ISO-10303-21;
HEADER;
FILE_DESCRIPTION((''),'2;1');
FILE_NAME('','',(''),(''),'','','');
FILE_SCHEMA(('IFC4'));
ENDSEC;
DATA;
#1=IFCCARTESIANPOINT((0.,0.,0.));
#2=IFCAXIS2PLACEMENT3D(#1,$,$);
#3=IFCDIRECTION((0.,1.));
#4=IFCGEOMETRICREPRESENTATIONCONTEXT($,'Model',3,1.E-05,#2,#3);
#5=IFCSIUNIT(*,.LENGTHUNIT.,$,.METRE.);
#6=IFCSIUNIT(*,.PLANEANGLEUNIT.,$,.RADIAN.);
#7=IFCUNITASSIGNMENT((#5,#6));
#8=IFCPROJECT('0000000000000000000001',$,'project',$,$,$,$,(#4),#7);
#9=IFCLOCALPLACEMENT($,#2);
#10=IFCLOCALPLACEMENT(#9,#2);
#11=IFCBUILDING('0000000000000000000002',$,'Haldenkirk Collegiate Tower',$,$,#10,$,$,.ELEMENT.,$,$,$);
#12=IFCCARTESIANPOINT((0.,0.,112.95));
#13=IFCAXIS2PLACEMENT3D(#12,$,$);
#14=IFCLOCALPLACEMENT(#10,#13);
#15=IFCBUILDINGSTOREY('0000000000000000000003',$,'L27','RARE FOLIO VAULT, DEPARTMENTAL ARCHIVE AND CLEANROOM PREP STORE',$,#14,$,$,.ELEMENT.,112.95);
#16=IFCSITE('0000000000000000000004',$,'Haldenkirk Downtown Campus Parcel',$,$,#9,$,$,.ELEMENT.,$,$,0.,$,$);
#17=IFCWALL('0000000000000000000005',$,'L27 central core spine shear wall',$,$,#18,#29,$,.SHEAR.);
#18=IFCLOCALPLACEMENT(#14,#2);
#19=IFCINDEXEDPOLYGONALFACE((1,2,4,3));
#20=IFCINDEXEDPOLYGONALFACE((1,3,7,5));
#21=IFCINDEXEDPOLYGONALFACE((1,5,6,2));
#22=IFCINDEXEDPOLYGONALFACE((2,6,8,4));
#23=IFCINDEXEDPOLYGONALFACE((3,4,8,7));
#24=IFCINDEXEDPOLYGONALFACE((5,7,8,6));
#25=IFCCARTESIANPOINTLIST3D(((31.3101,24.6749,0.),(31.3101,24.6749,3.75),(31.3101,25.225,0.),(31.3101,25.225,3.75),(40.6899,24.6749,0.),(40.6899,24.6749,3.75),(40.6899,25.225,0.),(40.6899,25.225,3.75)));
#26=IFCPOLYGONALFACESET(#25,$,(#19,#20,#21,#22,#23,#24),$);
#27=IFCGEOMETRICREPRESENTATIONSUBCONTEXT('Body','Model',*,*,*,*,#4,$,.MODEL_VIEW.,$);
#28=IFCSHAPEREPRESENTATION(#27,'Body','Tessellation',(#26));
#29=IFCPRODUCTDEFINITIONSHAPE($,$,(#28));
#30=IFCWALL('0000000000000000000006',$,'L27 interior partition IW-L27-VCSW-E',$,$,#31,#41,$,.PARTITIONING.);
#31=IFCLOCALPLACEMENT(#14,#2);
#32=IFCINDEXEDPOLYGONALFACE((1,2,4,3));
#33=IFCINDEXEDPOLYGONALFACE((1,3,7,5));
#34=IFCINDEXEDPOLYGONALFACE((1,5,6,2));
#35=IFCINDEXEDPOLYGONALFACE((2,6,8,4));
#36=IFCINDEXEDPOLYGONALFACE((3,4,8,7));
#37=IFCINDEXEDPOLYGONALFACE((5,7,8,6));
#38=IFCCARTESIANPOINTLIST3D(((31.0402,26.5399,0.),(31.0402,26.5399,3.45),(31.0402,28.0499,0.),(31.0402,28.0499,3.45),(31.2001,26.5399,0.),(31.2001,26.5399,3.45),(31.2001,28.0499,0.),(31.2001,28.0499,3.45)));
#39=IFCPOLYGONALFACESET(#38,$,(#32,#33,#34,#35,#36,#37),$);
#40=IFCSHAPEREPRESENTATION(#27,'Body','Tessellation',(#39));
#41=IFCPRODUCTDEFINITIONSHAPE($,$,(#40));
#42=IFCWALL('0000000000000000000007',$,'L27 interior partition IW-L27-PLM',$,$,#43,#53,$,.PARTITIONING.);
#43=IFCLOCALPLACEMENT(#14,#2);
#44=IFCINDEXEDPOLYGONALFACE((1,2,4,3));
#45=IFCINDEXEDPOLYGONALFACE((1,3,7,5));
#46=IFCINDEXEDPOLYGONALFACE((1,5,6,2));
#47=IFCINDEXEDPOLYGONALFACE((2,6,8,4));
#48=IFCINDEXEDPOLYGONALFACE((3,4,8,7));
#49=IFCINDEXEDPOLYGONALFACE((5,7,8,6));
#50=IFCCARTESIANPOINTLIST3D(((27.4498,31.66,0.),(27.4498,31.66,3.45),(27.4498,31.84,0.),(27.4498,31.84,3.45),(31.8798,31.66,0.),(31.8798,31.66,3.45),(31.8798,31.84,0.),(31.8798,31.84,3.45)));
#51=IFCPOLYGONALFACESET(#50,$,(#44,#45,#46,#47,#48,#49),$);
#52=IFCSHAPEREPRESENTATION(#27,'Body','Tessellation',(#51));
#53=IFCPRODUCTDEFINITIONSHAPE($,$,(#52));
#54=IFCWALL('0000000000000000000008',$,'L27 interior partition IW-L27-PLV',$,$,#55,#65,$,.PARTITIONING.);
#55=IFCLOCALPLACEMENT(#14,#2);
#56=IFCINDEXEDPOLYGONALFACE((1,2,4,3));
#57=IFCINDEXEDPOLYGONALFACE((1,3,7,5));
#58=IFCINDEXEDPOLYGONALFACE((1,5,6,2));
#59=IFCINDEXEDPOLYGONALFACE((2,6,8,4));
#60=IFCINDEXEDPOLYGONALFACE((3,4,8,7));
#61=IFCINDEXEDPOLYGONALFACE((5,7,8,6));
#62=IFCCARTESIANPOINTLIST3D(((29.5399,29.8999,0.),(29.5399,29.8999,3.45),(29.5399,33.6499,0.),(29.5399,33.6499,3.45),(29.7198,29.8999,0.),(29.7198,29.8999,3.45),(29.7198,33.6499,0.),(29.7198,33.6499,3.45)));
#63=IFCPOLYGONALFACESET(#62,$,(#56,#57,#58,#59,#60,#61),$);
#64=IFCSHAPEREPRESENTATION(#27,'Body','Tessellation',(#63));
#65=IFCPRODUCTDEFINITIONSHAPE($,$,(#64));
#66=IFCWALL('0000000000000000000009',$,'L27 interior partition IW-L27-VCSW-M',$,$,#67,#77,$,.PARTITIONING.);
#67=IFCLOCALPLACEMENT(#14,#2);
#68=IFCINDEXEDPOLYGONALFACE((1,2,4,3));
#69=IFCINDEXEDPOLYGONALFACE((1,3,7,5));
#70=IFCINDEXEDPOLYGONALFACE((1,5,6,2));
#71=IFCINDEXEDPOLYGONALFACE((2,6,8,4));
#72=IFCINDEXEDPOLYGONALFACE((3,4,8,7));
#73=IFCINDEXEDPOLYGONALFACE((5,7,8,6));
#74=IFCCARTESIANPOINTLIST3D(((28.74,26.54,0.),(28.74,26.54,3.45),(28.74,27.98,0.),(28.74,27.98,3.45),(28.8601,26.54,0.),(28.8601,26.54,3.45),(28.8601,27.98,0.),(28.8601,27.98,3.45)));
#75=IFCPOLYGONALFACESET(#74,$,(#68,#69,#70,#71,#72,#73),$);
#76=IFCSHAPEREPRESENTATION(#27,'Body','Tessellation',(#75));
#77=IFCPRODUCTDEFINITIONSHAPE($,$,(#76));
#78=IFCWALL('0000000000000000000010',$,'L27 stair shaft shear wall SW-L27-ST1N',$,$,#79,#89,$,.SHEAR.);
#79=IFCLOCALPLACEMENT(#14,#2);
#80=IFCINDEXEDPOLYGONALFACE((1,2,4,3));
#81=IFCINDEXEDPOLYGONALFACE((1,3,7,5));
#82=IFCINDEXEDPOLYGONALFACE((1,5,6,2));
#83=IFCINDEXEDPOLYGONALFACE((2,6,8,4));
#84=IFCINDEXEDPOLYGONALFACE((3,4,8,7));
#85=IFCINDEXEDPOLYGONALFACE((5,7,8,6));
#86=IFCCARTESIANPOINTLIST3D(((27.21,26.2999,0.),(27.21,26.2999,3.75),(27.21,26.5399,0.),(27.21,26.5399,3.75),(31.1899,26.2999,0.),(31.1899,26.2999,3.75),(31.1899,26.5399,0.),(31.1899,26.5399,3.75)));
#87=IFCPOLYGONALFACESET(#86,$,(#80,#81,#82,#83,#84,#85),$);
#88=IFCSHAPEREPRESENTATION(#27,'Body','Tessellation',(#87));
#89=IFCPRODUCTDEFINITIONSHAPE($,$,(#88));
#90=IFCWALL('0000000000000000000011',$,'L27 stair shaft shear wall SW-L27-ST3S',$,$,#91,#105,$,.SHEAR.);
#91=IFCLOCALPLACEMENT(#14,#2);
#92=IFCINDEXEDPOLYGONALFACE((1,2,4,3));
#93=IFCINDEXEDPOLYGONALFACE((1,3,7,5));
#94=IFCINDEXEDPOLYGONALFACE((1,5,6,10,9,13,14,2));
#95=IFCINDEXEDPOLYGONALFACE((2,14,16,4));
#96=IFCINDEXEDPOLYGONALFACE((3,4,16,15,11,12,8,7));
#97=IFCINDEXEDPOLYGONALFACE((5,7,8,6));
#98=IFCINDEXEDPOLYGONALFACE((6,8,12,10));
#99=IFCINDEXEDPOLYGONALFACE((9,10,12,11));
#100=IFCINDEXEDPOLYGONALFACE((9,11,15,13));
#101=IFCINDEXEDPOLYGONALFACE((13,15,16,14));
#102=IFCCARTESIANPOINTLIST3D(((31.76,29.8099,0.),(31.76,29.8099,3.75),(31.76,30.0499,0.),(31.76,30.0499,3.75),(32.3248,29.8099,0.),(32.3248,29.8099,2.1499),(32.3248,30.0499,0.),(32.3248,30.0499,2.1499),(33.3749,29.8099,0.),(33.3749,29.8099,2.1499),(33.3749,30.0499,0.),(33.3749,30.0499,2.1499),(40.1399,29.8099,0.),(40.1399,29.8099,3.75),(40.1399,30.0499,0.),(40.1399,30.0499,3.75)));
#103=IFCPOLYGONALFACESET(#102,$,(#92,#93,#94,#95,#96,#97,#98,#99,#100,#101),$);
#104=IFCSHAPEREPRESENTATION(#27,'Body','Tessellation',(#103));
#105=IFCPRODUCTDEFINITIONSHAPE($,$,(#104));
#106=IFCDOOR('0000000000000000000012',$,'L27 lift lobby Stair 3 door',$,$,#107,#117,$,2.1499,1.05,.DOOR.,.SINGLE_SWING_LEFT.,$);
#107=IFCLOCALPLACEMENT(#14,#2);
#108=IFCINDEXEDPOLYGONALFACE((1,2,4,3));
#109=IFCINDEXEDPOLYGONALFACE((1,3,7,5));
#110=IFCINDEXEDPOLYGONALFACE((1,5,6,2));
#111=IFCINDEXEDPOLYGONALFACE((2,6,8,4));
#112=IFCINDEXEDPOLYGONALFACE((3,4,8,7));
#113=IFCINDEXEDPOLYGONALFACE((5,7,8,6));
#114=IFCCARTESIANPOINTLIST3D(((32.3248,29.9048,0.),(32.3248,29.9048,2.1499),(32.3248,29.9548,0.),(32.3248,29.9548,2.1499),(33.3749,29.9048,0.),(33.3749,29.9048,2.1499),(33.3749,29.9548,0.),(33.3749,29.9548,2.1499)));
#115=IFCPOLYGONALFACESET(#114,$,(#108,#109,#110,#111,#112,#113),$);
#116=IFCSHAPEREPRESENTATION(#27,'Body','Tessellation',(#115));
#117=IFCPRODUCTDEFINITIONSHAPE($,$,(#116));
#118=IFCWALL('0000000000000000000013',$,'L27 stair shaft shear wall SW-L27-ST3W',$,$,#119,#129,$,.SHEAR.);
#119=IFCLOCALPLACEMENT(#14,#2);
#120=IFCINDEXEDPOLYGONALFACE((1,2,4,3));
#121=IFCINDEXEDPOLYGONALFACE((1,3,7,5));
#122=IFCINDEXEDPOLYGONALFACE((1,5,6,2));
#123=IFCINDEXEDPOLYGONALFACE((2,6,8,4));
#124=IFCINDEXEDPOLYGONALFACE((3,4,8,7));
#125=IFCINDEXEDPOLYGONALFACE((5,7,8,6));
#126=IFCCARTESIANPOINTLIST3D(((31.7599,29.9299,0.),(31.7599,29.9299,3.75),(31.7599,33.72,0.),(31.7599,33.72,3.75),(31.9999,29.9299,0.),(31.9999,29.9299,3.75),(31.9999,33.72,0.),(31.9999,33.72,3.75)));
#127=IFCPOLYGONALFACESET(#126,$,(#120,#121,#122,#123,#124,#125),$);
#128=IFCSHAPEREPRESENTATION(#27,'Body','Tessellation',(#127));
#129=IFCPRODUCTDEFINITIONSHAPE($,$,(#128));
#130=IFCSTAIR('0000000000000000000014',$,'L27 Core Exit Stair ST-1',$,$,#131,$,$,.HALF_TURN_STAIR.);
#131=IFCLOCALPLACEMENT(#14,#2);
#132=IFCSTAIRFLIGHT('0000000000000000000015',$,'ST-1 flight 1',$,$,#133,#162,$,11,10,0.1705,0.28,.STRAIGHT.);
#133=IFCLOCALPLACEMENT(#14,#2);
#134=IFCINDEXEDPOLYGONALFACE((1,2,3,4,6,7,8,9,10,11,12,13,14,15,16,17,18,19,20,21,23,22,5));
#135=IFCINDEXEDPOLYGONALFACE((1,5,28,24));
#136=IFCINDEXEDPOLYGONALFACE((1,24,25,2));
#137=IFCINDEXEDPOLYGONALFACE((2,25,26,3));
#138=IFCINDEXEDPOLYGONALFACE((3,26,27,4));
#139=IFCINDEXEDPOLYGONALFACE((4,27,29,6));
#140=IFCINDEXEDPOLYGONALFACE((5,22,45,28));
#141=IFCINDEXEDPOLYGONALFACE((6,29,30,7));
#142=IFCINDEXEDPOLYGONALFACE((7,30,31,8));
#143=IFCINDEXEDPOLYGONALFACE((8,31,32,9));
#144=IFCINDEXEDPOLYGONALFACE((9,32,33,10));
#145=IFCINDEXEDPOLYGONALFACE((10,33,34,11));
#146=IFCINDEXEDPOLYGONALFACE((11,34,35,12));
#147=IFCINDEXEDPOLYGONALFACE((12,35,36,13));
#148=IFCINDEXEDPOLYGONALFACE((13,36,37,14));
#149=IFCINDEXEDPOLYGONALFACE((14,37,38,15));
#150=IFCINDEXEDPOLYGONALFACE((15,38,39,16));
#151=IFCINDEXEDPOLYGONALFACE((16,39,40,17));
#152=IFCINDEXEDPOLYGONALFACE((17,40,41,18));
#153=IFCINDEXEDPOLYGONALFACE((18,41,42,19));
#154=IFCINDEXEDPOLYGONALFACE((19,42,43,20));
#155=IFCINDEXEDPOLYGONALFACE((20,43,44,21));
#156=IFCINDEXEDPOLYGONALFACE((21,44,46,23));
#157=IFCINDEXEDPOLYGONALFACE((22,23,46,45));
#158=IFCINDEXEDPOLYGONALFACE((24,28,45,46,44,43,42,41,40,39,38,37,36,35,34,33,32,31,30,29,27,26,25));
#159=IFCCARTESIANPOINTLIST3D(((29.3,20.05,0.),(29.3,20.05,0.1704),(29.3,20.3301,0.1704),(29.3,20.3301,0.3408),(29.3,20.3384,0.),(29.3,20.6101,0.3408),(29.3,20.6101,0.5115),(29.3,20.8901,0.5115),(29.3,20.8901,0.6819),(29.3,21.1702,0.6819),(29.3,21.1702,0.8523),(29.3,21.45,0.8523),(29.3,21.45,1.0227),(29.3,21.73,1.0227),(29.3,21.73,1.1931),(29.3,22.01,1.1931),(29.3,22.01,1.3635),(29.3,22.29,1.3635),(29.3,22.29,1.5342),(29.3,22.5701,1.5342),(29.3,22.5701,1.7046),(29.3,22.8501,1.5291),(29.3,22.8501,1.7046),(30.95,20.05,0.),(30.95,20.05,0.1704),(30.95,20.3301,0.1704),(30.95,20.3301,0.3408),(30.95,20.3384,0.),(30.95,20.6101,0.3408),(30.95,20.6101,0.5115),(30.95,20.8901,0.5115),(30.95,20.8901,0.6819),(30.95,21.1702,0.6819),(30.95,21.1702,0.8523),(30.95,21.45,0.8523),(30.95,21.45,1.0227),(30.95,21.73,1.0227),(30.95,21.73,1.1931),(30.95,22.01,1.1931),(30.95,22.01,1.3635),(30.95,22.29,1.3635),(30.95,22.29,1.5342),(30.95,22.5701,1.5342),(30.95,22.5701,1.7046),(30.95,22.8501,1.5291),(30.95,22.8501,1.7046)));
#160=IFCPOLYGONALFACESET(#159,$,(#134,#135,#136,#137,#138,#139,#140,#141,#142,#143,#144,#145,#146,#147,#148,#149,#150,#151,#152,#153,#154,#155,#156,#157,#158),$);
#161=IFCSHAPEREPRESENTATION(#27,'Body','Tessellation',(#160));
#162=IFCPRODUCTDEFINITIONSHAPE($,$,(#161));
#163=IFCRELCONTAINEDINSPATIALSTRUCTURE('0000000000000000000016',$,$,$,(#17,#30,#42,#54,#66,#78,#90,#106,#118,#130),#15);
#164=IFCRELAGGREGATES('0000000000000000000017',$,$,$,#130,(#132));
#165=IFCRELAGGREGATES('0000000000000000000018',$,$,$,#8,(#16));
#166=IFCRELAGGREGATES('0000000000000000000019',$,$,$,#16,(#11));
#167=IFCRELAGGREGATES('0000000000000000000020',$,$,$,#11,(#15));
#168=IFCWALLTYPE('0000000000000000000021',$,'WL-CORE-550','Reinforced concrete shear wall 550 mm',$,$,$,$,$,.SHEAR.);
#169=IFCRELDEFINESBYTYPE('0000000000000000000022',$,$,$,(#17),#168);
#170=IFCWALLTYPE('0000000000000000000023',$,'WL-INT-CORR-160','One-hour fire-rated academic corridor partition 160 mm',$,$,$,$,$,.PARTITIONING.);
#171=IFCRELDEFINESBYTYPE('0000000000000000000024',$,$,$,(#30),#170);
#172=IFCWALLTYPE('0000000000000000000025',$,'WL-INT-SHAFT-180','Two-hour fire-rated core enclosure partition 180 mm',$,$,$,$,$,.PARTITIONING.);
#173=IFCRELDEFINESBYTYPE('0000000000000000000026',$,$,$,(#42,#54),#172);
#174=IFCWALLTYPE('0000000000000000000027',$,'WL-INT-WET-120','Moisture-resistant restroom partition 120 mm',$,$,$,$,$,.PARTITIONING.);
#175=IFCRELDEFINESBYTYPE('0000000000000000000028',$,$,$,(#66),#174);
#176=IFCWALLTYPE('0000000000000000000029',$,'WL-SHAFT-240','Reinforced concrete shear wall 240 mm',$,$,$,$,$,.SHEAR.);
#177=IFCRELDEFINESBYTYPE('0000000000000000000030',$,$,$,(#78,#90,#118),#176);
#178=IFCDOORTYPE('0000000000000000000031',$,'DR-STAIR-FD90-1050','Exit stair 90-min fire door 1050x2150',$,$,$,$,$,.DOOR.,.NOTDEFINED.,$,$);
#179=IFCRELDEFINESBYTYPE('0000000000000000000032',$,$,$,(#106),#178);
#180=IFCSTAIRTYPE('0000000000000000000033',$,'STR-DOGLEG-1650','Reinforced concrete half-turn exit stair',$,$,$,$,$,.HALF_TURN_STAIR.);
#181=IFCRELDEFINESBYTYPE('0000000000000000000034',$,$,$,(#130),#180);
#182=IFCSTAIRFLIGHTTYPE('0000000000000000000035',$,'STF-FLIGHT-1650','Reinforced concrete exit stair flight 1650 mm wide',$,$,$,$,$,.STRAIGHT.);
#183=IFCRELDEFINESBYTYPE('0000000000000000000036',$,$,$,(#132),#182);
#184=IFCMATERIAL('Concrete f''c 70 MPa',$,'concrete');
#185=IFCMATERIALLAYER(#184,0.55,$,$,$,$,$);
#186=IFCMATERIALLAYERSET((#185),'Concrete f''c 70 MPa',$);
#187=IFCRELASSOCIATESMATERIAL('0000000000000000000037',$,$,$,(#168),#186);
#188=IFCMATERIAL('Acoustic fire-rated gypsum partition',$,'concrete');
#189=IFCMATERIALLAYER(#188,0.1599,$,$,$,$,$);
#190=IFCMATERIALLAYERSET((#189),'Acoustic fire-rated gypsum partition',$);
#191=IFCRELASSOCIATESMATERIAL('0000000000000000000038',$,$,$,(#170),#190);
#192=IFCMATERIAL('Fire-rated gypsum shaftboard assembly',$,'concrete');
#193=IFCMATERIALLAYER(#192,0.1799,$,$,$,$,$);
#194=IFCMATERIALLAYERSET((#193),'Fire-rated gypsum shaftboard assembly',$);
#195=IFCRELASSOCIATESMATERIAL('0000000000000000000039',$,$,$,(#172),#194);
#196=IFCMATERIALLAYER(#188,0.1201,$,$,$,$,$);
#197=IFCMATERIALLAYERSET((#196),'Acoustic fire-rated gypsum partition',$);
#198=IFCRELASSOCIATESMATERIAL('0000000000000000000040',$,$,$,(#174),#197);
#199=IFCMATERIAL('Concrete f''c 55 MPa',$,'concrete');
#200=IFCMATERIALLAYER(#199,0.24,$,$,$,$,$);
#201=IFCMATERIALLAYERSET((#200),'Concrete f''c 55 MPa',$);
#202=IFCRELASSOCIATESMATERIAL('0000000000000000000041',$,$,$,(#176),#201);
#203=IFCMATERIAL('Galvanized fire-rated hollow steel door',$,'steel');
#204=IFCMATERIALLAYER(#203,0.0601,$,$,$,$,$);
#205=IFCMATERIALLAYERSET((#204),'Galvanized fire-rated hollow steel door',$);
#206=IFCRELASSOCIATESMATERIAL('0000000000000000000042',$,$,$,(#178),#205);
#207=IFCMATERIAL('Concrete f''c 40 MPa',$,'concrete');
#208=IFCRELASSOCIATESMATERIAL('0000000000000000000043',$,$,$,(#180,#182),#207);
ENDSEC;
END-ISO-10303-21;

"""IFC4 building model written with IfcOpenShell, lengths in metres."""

from ifc_helpers import new_model, si_unit, direction, frame, frame_2d, origin, place, context, subcontext, project, spatial, polyline, rectangle, outline, extrude, material, layer, layer_set, type_object, element, fill, aggregate, save


model = new_model("IFC4")

# Units and contexts
model_context = context("Model", 3, precision=1e-05, world=origin(), true_north=direction((0.0, 1.0)))
body_context = subcontext(model_context, "Body", "Model", "MODEL_VIEW")
ifc_project = project(units=[si_unit("LENGTHUNIT", "METRE"), si_unit("PLANEANGLEUNIT", "RADIAN")], contexts=[model_context])

# Site, building, storey
site_placement = place(None, origin())
site = spatial("IfcSite", under=ifc_project, at=site_placement, Name="Haldenkirk Downtown Campus Parcel", CompositionType="ELEMENT", RefElevation=0.0)
building_placement = place(site_placement, origin())
building = spatial("IfcBuilding", under=site, at=building_placement, Name="Haldenkirk Collegiate Tower", CompositionType="ELEMENT")
storey_placement = place(building_placement, frame((0.0, 0.0, 112.95)))
storey = spatial("IfcBuildingStorey", under=building, at=storey_placement, Name="L27", Description="RARE FOLIO VAULT, DEPARTMENTAL ARCHIVE AND CLEANROOM PREP STORE", CompositionType="ELEMENT", Elevation=112.95)

# Walls
ifc_material_1 = material(Name="Concrete f'c 70 MPa", Category="concrete")
ifc_layer_1 = layer(ifc_material_1, 0.55)
ifc_layer_set_1 = layer_set([ifc_layer_1], Name="Concrete f'c 70 MPa")
wall_type_1 = type_object("IfcWallType", Name="WL-CORE-550", Description="Reinforced concrete shear wall 550 mm", PredefinedType="SHEAR", material=ifc_layer_set_1)
wall_1_placement = place(storey_placement, frame((31.3101, 24.95, 0.0), z_axis=(0.0, 0.0, 1.0), x_axis=(1.0, 0.0, 0.0)))
element("IfcWall", 1, at=wall_1_placement, inside=storey, type_object=wall_type_1, Name="L27 central core spine shear wall", PredefinedType="SHEAR", context=body_context, shape_type="SweptSolid", body=[
    extrude(rectangle(XDim=9.3799, YDim=0.55, at=frame_2d((4.6899, 0.0))), origin(), (0.0, 0.0, 1.0), 3.75),
])
ifc_material_2 = material(Name="Acoustic fire-rated gypsum partition", Category="concrete")
ifc_layer_2 = layer(ifc_material_2, 0.1599)
ifc_layer_set_2 = layer_set([ifc_layer_2], Name="Acoustic fire-rated gypsum partition")
wall_type_2 = type_object("IfcWallType", Name="WL-INT-CORR-160", Description="One-hour fire-rated academic corridor partition 160 mm", PredefinedType="PARTITIONING", material=ifc_layer_set_2)
wall_2_placement = place(storey_placement, frame((31.1201, 26.54, 0.0), z_axis=(0.0, 0.0, 1.0), x_axis=(0.0, 1.0, 0.0)))
element("IfcWall", 2, at=wall_2_placement, inside=storey, type_object=wall_type_2, Name="L27 interior partition IW-L27-VCSW-E", PredefinedType="PARTITIONING", context=body_context, shape_type="SweptSolid", body=[
    extrude(rectangle(XDim=1.51, YDim=0.1599, at=frame_2d((0.7549, 0.0))), origin(), (0.0, 0.0, 1.0), 3.45),
])

# Shared definitions
ifc_material_3 = material(Name="Fire-rated gypsum shaftboard assembly", Category="concrete")
ifc_layer_3 = layer(ifc_material_3, 0.1799)
ifc_layer_set_3 = layer_set([ifc_layer_3], Name="Fire-rated gypsum shaftboard assembly")
wall_type_3 = type_object("IfcWallType", Name="WL-INT-SHAFT-180", Description="Two-hour fire-rated core enclosure partition 180 mm", PredefinedType="PARTITIONING", material=ifc_layer_set_3)

# Walls
wall_3_placement = place(storey_placement, frame((27.45, 31.75, 0.0), z_axis=(0.0, 0.0, 1.0), x_axis=(1.0, 0.0, 0.0)))
element("IfcWall", 3, at=wall_3_placement, inside=storey, type_object=wall_type_3, Name="L27 interior partition IW-L27-PLM", PredefinedType="PARTITIONING", context=body_context, shape_type="SweptSolid", body=[
    extrude(rectangle(XDim=4.4299, YDim=0.1799, at=frame_2d((2.2148, 0.0))), origin(), (0.0, 0.0, 1.0), 3.45),
])
wall_4_placement = place(storey_placement, frame((29.6299, 29.8999, 0.0), z_axis=(0.0, 0.0, 1.0), x_axis=(0.0, 1.0, 0.0)))
element("IfcWall", 4, at=wall_4_placement, inside=storey, type_object=wall_type_3, Name="L27 interior partition IW-L27-PLV", PredefinedType="PARTITIONING", context=body_context, shape_type="SweptSolid", body=[
    extrude(rectangle(XDim=3.75, YDim=0.1799, at=frame_2d((1.875, 0.0))), origin(), (0.0, 0.0, 1.0), 3.45),
])

# Shared definitions
ifc_material_4 = material(Name="Galvanized fire-rated hollow steel door", Category="steel")

# Walls
ifc_layer_4 = layer(ifc_material_2, 0.1201)
ifc_layer_set_4 = layer_set([ifc_layer_4], Name="Acoustic fire-rated gypsum partition")
wall_type_4 = type_object("IfcWallType", Name="WL-INT-WET-120", Description="Moisture-resistant restroom partition 120 mm", PredefinedType="PARTITIONING", material=ifc_layer_set_4)
wall_5_placement = place(storey_placement, frame((28.8, 26.54, 0.0), z_axis=(0.0, 0.0, 1.0), x_axis=(0.0, 1.0, 0.0)))
element("IfcWall", 5, at=wall_5_placement, inside=storey, type_object=wall_type_4, Name="L27 interior partition IW-L27-VCSW-M", PredefinedType="PARTITIONING", context=body_context, shape_type="SweptSolid", body=[
    extrude(rectangle(XDim=1.4399, YDim=0.1201, at=frame_2d((0.72, 0.0))), origin(), (0.0, 0.0, 1.0), 3.45),
])
ifc_material_5 = material(Name="Concrete f'c 55 MPa", Category="concrete")
ifc_layer_5 = layer(ifc_material_5, 0.24)
ifc_layer_set_5 = layer_set([ifc_layer_5], Name="Concrete f'c 55 MPa")
wall_type_5 = type_object("IfcWallType", Name="WL-SHAFT-240", Description="Reinforced concrete shear wall 240 mm", PredefinedType="SHEAR", material=ifc_layer_set_5)
wall_6_placement = place(storey_placement, frame((27.21, 26.4199, 0.0), z_axis=(0.0, 0.0, 1.0), x_axis=(1.0, 0.0, 0.0)))
element("IfcWall", 6, at=wall_6_placement, inside=storey, type_object=wall_type_5, Name="L27 stair shaft shear wall SW-L27-ST1N", PredefinedType="SHEAR", context=body_context, shape_type="SweptSolid", body=[
    extrude(rectangle(XDim=3.98, YDim=0.24, at=frame_2d((1.99, 0.0))), origin(), (0.0, 0.0, 1.0), 3.75),
])

# Wall, opening, door
wall_7_placement = place(storey_placement, frame((31.76, 29.9299, 0.0), z_axis=(0.0, 0.0, 1.0), x_axis=(1.0, 0.0, 0.0)))
wall_7 = element("IfcWall", 7, at=wall_7_placement, inside=storey, type_object=wall_type_5, Name="L27 stair shaft shear wall SW-L27-ST3S", PredefinedType="SHEAR", context=body_context, shape_type="SweptSolid", body=[
    extrude(rectangle(XDim=8.3799, YDim=0.24, at=frame_2d((4.1899, 0.0))), origin(), (0.0, 0.0, 1.0), 3.75),
])
opening_1_placement = place(wall_7_placement, frame((0.5649, 0.0, 0.0)))
opening_1 = element("IfcOpeningElement", 8, at=opening_1_placement, cuts=wall_7, PredefinedType="OPENING", context=body_context, shape_type="SweptSolid", body=[
    extrude(rectangle(XDim=1.05, YDim=2.1499, at=frame_2d((0.5249, 1.075))), frame((0.0, 0.1299, 0.0), z_axis=(0.0, -1.0, 0.0), x_axis=(1.0, 0.0, 0.0)), (0.0, 0.0, 1.0), 0.26),
])
ifc_layer_6 = layer(ifc_material_4, 0.0601)
ifc_layer_set_6 = layer_set([ifc_layer_6], Name="Galvanized fire-rated hollow steel door")
door_type_1 = type_object("IfcDoorType", Name="DR-STAIR-FD90-1050", Description="Exit stair 90-min fire door 1050x2150", OperationType="NOTDEFINED", PredefinedType="DOOR", material=ifc_layer_set_6)
door_1_placement = place(opening_1_placement, origin())
door_1 = element("IfcDoor", 9, at=door_1_placement, inside=storey, type_object=door_type_1, Name="L27 lift lobby Stair 3 door", OperationType="SINGLE_SWING_LEFT", OverallHeight=2.1499, OverallWidth=1.05, PredefinedType="DOOR", context=body_context, shape_type="SweptSolid", body=[
    extrude(rectangle(XDim=1.05, YDim=2.1499, at=frame_2d((0.5249, 1.075))), frame((0.0, 0.0249, 0.0), z_axis=(0.0, -1.0, 0.0), x_axis=(1.0, 0.0, 0.0)), (0.0, 0.0, 1.0), 0.05),
])
fill(opening_1, door_1)

# Wall
wall_8_placement = place(storey_placement, frame((31.8799, 29.9299, 0.0), z_axis=(0.0, 0.0, 1.0), x_axis=(0.0, 1.0, 0.0)))
element("IfcWall", 10, at=wall_8_placement, inside=storey, type_object=wall_type_5, Name="L27 stair shaft shear wall SW-L27-ST3W", PredefinedType="SHEAR", context=body_context, shape_type="SweptSolid", body=[
    extrude(rectangle(XDim=3.79, YDim=0.24, at=frame_2d((1.895, 0.0))), origin(), (0.0, 0.0, 1.0), 3.75),
])

# Stair, stair flight
ifc_material_6 = material(Name="Concrete f'c 40 MPa", Category="concrete")
stair_type = type_object("IfcStairType", Name="STR-DOGLEG-1650", Description="Reinforced concrete half-turn exit stair", PredefinedType="HALF_TURN_STAIR", material=ifc_material_6)
stair_placement = place(storey_placement, origin())
stair = element("IfcStair", 11, at=stair_placement, inside=storey, type_object=stair_type, Name="L27 Core Exit Stair ST-1", PredefinedType="HALF_TURN_STAIR")
stair_flight_type = type_object("IfcStairFlightType", Name="STF-FLIGHT-1650", Description="Reinforced concrete exit stair flight 1650 mm wide", PredefinedType="STRAIGHT", material=ifc_material_6)
stair_flight_1_placement = place(storey_placement, frame((30.125, 20.05, 0.0), z_axis=(0.0, 0.0, 1.0), x_axis=(0.0, 1.0, 0.0)))
stair_flight_1 = element("IfcStairFlight", 12, at=stair_flight_1_placement, type_object=stair_flight_type, Name="ST-1 flight 1", NumberOfRisers=11, NumberOfTreads=10, PredefinedType="STRAIGHT", RiserHeight=0.1705, TreadLength=0.28, context=body_context, shape_type="SweptSolid", body=[
    extrude(outline(polyline([(0.0, 0.0), (0.0, 0.1704), (0.28, 0.1704), (0.28, 0.3408), (0.5601, 0.3408), (0.5601, 0.5115), (0.8401, 0.5115), (0.8401, 0.6819), (1.1201, 0.6819), (1.1201, 0.8523), (1.3999, 0.8523), (1.3999, 1.0227), (1.6799, 1.0227), (1.6799, 1.1931), (1.96, 1.1931), (1.96, 1.3635), (2.24, 1.3635), (2.24, 1.5342), (2.52, 1.5342), (2.52, 1.7046), (2.8, 1.7046), (2.8, 1.875), (2.8, 1.5291), (0.2883, 0.0), (0.0, 0.0)])), frame((0.0, 0.825, 0.0), z_axis=(0.0, -1.0, 0.0), x_axis=(1.0, 0.0, 0.0)), (0.0, 0.0, 1.0), 1.6499),
])
aggregate(stair, [stair_flight_1])

save(model, "model.ifc")
